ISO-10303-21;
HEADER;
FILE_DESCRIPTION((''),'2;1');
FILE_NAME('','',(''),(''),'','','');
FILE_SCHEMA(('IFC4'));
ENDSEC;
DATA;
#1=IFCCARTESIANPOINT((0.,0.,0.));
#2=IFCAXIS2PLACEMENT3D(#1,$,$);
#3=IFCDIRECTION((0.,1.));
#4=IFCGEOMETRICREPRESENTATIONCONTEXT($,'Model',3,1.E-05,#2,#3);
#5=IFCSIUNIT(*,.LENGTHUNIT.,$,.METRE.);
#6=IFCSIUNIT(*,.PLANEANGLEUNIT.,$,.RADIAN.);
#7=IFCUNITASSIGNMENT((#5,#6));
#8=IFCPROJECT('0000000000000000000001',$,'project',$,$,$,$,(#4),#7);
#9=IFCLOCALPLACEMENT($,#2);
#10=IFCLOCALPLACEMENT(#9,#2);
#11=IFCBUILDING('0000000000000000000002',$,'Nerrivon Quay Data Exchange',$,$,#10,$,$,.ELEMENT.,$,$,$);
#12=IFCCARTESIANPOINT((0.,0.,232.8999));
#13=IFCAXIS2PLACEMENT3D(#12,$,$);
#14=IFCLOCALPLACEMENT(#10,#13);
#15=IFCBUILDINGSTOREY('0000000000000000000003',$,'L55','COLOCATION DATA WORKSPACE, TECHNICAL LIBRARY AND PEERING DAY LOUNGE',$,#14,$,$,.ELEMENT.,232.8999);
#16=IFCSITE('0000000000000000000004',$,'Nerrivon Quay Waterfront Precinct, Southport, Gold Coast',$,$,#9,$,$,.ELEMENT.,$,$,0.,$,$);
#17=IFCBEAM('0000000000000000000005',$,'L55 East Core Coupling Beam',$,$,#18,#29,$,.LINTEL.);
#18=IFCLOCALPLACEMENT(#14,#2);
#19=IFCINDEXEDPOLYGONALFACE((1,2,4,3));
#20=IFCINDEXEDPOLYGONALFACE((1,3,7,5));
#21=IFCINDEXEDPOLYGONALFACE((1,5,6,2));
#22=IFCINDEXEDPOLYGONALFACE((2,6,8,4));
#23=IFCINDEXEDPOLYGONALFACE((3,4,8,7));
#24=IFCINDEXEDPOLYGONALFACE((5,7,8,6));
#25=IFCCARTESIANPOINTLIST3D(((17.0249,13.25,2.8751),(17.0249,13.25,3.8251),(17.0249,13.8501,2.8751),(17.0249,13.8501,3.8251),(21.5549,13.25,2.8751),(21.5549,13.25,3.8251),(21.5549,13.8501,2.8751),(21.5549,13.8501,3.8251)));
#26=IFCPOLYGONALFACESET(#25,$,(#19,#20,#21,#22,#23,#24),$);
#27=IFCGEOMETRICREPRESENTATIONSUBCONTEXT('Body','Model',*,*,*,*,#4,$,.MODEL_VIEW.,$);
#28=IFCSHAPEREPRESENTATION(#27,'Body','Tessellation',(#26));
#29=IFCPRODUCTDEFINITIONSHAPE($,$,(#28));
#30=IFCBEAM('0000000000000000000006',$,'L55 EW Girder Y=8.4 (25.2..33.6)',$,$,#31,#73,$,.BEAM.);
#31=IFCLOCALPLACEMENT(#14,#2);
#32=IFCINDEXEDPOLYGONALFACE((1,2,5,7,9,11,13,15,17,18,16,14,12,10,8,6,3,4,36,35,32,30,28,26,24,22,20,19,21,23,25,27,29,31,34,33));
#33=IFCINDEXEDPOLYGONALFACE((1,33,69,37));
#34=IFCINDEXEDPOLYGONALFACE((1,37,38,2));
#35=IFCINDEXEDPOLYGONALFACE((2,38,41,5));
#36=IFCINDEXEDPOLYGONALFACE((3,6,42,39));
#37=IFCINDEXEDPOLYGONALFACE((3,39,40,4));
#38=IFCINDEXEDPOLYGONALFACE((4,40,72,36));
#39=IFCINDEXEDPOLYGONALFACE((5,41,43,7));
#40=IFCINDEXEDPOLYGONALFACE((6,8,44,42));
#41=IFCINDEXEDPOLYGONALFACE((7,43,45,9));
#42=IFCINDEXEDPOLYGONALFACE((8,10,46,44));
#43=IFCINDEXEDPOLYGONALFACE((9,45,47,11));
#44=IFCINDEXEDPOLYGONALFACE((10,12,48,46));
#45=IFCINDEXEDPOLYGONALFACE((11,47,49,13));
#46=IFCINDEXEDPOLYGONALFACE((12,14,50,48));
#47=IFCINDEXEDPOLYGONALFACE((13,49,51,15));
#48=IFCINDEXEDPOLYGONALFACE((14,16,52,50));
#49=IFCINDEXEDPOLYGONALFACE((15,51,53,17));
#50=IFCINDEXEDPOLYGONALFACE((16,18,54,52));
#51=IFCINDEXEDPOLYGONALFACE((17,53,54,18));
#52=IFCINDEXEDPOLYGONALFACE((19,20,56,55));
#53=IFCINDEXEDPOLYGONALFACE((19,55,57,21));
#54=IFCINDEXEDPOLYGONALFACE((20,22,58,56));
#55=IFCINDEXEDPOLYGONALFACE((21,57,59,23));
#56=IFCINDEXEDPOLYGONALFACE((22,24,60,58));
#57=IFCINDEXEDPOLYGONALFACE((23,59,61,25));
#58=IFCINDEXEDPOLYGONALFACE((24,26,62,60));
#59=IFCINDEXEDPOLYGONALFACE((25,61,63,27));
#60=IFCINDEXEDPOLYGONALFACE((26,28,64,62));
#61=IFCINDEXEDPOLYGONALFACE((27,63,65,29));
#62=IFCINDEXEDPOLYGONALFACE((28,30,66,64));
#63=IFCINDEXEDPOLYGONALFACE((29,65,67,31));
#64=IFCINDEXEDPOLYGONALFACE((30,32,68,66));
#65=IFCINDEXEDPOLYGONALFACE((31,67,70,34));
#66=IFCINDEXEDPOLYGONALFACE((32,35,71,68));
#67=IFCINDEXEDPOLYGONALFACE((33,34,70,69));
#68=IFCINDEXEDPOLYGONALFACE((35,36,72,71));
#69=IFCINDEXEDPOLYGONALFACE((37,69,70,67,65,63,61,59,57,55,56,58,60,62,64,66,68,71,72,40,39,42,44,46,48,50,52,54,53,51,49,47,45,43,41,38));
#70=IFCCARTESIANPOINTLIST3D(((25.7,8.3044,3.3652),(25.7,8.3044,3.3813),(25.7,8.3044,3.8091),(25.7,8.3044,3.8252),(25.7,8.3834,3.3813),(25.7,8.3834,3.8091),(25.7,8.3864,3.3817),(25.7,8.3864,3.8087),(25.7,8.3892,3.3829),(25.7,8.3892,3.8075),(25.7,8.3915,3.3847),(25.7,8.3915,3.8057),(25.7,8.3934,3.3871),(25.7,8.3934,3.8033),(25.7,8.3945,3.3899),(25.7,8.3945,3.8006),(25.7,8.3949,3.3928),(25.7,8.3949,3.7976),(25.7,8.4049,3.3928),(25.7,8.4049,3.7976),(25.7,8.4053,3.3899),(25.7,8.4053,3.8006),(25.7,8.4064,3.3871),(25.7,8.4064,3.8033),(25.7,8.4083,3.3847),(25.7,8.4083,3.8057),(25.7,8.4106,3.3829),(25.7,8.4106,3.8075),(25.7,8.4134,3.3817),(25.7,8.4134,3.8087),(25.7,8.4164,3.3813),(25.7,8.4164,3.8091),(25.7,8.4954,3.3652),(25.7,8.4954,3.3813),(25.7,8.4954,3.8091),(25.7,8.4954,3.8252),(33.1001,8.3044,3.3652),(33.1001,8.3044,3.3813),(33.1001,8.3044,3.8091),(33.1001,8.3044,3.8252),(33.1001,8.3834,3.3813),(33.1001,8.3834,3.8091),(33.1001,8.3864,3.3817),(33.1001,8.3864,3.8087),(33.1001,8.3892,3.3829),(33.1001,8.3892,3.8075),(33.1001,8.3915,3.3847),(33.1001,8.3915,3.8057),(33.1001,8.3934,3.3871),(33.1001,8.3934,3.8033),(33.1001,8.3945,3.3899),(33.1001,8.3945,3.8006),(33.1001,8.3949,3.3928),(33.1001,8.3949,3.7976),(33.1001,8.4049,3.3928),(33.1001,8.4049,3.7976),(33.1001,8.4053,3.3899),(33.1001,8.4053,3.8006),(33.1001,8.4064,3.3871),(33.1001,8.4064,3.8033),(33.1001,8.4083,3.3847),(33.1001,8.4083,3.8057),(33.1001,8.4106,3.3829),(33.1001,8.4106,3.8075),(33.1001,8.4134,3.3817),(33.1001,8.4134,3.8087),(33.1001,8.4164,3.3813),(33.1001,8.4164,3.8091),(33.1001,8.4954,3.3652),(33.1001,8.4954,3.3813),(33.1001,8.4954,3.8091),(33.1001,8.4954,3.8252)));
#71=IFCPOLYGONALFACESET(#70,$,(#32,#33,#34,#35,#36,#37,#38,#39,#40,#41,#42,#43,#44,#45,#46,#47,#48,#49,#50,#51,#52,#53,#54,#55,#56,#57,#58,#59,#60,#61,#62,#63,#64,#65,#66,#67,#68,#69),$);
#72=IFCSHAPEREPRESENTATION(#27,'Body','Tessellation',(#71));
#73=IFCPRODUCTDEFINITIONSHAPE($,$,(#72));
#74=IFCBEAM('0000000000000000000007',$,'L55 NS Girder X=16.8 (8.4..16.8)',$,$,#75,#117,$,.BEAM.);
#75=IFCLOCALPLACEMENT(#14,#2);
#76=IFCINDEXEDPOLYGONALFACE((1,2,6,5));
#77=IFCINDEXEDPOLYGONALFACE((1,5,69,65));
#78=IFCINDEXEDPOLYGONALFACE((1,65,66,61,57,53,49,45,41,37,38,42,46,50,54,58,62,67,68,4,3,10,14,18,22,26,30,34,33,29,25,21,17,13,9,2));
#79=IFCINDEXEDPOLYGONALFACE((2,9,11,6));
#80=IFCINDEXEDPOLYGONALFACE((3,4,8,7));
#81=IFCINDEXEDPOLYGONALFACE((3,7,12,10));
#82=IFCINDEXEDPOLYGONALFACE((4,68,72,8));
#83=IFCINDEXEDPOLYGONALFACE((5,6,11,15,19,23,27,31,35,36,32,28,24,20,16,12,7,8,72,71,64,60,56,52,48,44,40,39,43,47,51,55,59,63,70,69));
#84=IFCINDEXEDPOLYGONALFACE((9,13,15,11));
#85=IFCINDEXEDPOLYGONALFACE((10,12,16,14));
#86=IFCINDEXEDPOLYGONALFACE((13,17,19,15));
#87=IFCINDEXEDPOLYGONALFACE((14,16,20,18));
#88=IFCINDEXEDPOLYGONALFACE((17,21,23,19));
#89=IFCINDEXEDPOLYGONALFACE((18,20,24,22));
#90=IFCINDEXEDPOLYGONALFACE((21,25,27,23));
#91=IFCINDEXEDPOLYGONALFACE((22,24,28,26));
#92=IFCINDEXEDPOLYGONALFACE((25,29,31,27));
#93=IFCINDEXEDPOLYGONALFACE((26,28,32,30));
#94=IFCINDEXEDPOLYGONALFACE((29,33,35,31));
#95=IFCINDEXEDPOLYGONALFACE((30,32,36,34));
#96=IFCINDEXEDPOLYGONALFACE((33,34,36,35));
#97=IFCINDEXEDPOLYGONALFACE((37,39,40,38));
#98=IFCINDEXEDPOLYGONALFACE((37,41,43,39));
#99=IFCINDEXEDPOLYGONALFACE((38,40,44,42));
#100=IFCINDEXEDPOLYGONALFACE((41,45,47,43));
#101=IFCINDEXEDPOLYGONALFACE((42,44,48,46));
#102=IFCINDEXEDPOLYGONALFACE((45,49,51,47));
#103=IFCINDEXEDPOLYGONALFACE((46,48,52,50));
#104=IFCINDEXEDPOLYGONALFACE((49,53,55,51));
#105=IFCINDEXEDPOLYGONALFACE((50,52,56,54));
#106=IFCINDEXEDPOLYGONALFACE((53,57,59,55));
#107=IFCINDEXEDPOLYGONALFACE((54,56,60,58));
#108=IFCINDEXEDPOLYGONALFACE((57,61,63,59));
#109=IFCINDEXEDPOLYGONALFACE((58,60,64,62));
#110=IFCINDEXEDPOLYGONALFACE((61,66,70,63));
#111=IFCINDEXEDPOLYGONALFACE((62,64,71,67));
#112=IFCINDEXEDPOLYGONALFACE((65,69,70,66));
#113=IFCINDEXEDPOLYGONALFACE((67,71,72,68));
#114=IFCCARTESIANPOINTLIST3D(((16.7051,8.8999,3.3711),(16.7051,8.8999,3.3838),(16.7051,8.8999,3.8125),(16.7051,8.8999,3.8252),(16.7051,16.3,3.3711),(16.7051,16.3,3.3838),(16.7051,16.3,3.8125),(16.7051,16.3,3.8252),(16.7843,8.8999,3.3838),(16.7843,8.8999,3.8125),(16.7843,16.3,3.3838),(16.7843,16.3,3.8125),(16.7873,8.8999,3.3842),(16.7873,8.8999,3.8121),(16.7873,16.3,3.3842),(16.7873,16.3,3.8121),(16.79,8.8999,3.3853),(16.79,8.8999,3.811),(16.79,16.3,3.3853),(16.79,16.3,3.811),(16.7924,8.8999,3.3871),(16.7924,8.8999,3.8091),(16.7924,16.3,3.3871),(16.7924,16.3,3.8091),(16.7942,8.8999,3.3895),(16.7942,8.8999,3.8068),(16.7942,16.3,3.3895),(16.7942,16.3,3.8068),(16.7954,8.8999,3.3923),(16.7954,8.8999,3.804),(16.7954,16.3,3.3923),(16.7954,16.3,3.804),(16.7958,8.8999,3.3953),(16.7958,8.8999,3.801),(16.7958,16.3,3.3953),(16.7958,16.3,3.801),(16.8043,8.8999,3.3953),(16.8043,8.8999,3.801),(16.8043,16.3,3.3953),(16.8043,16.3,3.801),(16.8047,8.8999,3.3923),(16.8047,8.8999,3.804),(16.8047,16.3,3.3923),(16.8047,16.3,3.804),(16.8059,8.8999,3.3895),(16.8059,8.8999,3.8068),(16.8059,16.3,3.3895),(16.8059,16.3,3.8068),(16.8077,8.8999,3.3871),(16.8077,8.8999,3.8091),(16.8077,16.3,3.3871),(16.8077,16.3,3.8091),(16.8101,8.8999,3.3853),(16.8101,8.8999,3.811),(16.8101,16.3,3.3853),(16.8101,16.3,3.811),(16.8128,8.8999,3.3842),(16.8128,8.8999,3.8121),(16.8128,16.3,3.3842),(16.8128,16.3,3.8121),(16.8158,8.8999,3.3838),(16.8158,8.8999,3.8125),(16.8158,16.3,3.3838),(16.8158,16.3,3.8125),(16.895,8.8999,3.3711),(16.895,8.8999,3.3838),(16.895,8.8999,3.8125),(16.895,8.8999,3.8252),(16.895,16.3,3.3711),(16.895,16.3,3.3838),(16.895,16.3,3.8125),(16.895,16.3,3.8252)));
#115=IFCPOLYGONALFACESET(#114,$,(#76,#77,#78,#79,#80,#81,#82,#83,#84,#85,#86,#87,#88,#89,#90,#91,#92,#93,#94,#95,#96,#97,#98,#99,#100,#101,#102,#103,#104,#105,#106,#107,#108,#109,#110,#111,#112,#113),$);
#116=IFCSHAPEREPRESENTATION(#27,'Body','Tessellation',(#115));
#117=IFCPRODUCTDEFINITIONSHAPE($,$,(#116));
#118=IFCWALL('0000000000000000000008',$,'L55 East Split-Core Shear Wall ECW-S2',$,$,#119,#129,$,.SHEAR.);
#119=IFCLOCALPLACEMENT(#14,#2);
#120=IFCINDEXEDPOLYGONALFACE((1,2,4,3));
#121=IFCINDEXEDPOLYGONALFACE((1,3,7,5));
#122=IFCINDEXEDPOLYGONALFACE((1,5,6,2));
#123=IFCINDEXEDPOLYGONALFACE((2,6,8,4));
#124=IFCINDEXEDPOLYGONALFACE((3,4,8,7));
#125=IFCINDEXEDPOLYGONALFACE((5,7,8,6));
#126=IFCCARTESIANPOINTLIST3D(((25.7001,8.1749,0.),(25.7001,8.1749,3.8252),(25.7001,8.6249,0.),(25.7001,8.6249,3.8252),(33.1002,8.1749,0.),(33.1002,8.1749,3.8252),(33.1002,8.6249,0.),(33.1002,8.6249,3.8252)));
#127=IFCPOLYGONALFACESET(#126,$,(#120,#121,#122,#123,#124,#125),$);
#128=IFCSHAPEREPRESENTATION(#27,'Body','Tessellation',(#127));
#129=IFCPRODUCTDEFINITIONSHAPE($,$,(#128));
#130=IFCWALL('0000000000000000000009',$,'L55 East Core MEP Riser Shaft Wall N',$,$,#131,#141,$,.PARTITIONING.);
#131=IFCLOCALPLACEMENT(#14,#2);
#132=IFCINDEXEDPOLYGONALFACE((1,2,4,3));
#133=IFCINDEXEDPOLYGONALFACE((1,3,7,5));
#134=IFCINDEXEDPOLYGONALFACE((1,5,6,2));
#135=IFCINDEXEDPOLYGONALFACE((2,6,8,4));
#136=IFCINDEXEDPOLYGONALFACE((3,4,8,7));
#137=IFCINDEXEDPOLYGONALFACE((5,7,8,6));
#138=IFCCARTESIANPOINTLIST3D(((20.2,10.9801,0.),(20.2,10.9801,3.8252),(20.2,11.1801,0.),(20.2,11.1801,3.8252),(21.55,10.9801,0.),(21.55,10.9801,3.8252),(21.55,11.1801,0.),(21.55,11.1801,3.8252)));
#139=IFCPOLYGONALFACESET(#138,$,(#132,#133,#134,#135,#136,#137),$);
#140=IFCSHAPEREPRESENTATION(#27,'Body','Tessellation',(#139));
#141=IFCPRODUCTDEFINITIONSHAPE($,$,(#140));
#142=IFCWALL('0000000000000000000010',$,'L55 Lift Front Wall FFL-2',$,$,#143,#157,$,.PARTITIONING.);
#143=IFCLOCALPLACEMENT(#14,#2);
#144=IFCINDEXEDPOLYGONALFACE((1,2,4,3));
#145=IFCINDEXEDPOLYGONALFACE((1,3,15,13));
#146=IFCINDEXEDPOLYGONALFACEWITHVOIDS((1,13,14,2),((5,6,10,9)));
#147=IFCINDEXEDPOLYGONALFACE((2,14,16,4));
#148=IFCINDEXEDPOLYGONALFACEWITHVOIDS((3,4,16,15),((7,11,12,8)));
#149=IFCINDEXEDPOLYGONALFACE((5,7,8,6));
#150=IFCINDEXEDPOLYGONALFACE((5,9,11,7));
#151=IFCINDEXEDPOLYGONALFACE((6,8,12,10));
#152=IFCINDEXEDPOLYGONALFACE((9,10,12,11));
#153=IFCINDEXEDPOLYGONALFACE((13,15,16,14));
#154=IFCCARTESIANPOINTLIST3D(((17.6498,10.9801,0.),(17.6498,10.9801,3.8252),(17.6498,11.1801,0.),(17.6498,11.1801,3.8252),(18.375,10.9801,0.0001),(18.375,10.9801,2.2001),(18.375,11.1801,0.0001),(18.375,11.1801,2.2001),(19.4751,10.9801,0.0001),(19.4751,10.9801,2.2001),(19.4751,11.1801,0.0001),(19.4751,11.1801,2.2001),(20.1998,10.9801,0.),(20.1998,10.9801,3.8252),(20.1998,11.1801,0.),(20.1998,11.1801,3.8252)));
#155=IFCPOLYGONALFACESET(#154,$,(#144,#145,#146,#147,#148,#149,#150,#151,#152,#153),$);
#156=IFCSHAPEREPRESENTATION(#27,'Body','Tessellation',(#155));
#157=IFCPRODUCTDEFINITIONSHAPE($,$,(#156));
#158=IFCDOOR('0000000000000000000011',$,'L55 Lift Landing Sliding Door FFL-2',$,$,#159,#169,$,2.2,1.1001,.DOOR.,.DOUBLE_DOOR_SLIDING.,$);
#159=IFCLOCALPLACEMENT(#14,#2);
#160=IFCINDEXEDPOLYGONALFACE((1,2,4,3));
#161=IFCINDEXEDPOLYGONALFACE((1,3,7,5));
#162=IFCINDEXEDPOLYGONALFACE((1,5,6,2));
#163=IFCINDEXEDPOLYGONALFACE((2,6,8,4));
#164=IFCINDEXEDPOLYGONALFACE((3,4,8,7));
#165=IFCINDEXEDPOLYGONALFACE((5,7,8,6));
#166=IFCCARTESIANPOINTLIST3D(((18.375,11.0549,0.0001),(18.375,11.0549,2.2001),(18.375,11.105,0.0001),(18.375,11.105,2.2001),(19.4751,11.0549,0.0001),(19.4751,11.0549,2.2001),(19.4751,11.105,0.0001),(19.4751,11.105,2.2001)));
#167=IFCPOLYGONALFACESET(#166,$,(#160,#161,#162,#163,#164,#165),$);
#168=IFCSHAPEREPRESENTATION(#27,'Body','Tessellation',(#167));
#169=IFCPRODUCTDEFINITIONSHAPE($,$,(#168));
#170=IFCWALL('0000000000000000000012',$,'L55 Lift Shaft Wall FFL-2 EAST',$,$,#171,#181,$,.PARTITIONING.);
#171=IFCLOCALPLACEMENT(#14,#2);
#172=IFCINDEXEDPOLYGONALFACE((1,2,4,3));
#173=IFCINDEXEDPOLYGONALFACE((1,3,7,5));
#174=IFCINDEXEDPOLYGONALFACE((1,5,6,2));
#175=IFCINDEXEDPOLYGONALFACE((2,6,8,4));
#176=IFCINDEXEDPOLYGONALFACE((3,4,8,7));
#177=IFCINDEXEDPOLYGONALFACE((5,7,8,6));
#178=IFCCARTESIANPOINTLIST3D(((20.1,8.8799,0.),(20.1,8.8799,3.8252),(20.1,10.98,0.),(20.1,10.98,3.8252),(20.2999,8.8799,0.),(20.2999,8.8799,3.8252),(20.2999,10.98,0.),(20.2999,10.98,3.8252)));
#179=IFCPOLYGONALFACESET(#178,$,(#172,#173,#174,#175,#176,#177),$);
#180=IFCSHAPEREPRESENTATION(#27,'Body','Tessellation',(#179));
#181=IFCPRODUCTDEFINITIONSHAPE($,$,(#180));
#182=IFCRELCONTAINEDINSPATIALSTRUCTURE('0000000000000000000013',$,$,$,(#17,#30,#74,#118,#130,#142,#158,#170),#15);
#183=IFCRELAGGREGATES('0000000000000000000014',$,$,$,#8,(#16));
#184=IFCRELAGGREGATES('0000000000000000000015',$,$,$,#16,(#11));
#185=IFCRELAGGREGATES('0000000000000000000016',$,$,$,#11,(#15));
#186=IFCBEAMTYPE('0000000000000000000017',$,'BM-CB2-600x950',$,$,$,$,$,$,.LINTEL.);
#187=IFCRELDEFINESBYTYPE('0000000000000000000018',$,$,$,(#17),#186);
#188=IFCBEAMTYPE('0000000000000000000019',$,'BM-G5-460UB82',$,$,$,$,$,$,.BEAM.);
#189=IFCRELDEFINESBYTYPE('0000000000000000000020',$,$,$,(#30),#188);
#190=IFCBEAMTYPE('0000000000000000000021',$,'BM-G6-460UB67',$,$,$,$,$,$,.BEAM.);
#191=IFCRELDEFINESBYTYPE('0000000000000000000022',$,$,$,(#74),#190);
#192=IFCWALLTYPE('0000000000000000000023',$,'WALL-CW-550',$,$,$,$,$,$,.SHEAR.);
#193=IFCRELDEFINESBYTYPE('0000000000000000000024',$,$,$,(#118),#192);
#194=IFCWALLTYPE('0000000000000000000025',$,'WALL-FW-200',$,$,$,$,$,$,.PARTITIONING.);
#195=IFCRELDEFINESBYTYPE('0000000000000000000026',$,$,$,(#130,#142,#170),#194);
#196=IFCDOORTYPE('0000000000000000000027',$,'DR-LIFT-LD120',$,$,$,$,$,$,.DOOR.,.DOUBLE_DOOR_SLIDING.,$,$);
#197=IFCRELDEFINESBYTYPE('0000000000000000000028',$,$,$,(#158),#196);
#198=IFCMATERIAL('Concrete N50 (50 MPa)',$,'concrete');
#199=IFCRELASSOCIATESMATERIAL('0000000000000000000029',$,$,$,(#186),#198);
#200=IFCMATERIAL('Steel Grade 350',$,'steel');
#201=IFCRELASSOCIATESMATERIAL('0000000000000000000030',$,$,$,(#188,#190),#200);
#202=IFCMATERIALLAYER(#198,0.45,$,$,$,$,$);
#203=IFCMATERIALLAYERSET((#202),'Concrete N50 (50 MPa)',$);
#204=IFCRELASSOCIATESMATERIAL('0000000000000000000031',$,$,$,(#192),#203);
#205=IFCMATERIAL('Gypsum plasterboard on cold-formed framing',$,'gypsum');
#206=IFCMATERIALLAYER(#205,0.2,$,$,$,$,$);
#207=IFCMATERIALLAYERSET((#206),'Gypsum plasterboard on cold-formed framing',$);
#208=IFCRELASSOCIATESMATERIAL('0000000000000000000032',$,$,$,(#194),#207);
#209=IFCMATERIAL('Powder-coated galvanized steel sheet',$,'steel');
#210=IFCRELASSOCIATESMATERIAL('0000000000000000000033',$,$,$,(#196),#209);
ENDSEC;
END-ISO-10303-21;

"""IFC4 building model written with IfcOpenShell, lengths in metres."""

from ifc_helpers import new_model, si_unit, direction, frame, frame_2d, origin, origin_2d, place, context, subcontext, project, spatial, rectangle, i_section, extrude, material, layer, layer_set, material_profile, profile_set, type_object, element, fill, save


model = new_model("IFC4")

# Units and contexts
model_context = context("Model", 3, precision=1e-05, world=origin(), true_north=direction((0.0, 1.0)))
body_context = subcontext(model_context, "Body", "Model", "MODEL_VIEW")
ifc_project = project(units=[si_unit("LENGTHUNIT", "METRE"), si_unit("PLANEANGLEUNIT", "RADIAN")], contexts=[model_context])

# Site, building, storey
site_placement = place(None, origin())
site = spatial("IfcSite", under=ifc_project, at=site_placement, Name="Nerrivon Quay Waterfront Precinct, Southport, Gold Coast", CompositionType="ELEMENT", RefElevation=0.0)
building_placement = place(site_placement, origin())
building = spatial("IfcBuilding", under=site, at=building_placement, Name="Nerrivon Quay Data Exchange", CompositionType="ELEMENT")
storey_placement = place(building_placement, frame((0.0, 0.0, 232.8999)))
storey = spatial("IfcBuildingStorey", under=building, at=storey_placement, Name="L55", Description="COLOCATION DATA WORKSPACE, TECHNICAL LIBRARY AND PEERING DAY LOUNGE", CompositionType="ELEMENT", Elevation=232.8999)

# Beams
ifc_material_1 = material(Name="Concrete N50 (50 MPa)", Category="concrete")
ifc_material_profile_1 = material_profile(ifc_material_1, rectangle(XDim=0.6001, YDim=0.95, at=origin_2d()), Name="RC-CB-600x950")
ifc_profile_set_1 = profile_set([ifc_material_profile_1], Name="Concrete N50 (50 MPa)")
beam_type_1 = type_object("IfcBeamType", Name="BM-CB2-600x950", PredefinedType="LINTEL", material=ifc_profile_set_1)
beam_1_placement = place(storey_placement, frame((17.0249, 13.55, 3.3501), z_axis=(1.0, 0.0, 0.0), x_axis=(0.0, 1.0, 0.0)))
element("IfcBeam", 1, at=beam_1_placement, inside=storey, type_object=beam_type_1, Name="L55 East Core Coupling Beam", PredefinedType="LINTEL", context=body_context, shape_type="SweptSolid", body=[
    extrude(rectangle(XDim=0.6001, YDim=0.95, at=origin_2d()), origin(), (0.0, 0.0, 1.0), 4.53),
])
ifc_material_2 = material(Name="Steel Grade 350", Category="steel")
ifc_material_profile_2 = material_profile(ifc_material_2, i_section(OverallWidth=0.1909, OverallDepth=0.46, WebThickness=0.01, FlangeThickness=0.0161, FilletRadius=0.0115, at=origin_2d()), Name="460UB82.1")
ifc_profile_set_2 = profile_set([ifc_material_profile_2], Name="Steel Grade 350")
beam_type_2 = type_object("IfcBeamType", Name="BM-G5-460UB82", PredefinedType="BEAM", material=ifc_profile_set_2)
beam_2_placement = place(storey_placement, frame((25.7, 8.3999, 3.5952), z_axis=(1.0, 0.0, 0.0), x_axis=(0.0, 1.0, 0.0)))
element("IfcBeam", 2, at=beam_2_placement, inside=storey, type_object=beam_type_2, Name="L55 EW Girder Y=8.4 (25.2..33.6)", PredefinedType="BEAM", context=body_context, shape_type="SweptSolid", body=[
    extrude(i_section(OverallWidth=0.1909, OverallDepth=0.46, WebThickness=0.01, FlangeThickness=0.0161, FilletRadius=0.0115, at=origin_2d()), origin(), (0.0, 0.0, 1.0), 7.4001),
])
ifc_material_profile_3 = material_profile(ifc_material_2, i_section(OverallWidth=0.1899, OverallDepth=0.4541, WebThickness=0.0085, FlangeThickness=0.0127, FilletRadius=0.0115, at=origin_2d()), Name="460UB67.1")
ifc_profile_set_3 = profile_set([ifc_material_profile_3], Name="Steel Grade 350")
beam_type_3 = type_object("IfcBeamType", Name="BM-G6-460UB67", PredefinedType="BEAM", material=ifc_profile_set_3)
beam_3_placement = place(storey_placement, frame((16.8, 8.8999, 3.5981), z_axis=(0.0, 1.0, 0.0), x_axis=(-1.0, 0.0, 0.0)))
element("IfcBeam", 3, at=beam_3_placement, inside=storey, type_object=beam_type_3, Name="L55 NS Girder X=16.8 (8.4..16.8)", PredefinedType="BEAM", context=body_context, shape_type="SweptSolid", body=[
    extrude(i_section(OverallWidth=0.1899, OverallDepth=0.4541, WebThickness=0.0085, FlangeThickness=0.0127, FilletRadius=0.0115, at=origin_2d()), origin(), (0.0, 0.0, 1.0), 7.4001),
])

# Wall
ifc_layer_1 = layer(ifc_material_1, 0.45)
ifc_layer_set_1 = layer_set([ifc_layer_1], Name="Concrete N50 (50 MPa)")
wall_type_1 = type_object("IfcWallType", Name="WALL-CW-550", PredefinedType="SHEAR", material=ifc_layer_set_1)
wall_1_placement = place(storey_placement, frame((25.7, 8.3999, 0.0), z_axis=(0.0, 0.0, 1.0), x_axis=(1.0, 0.0, 0.0)))
element("IfcWall", 4, at=wall_1_placement, inside=storey, type_object=wall_type_1, Name="L55 East Split-Core Shear Wall ECW-S2", PredefinedType="SHEAR", context=body_context, shape_type="SweptSolid", body=[
    extrude(rectangle(XDim=7.4001, YDim=0.45, at=frame_2d((3.7002, 0.0))), origin(), (0.0, 0.0, 1.0), 3.8252),
])

# Shared definitions
ifc_material_3 = material(Name="Powder-coated galvanized steel sheet", Category="steel")

# Wall
ifc_material_4 = material(Name="Gypsum plasterboard on cold-formed framing", Category="gypsum")
ifc_layer_2 = layer(ifc_material_4, 0.2)
ifc_layer_set_2 = layer_set([ifc_layer_2], Name="Gypsum plasterboard on cold-formed framing")
wall_type_2 = type_object("IfcWallType", Name="WALL-FW-200", PredefinedType="PARTITIONING", material=ifc_layer_set_2)
wall_2_placement = place(storey_placement, frame((20.2, 11.0801, 0.0), z_axis=(0.0, 0.0, 1.0), x_axis=(1.0, 0.0, 0.0)))
element("IfcWall", 5, at=wall_2_placement, inside=storey, type_object=wall_type_2, Name="L55 East Core MEP Riser Shaft Wall N", PredefinedType="PARTITIONING", context=body_context, shape_type="SweptSolid", body=[
    extrude(rectangle(XDim=1.3501, YDim=0.2, at=frame_2d((0.675, 0.0))), origin(), (0.0, 0.0, 1.0), 3.8252),
])

# Wall, opening, door
wall_3_placement = place(storey_placement, frame((17.6499, 11.0801, 0.0), z_axis=(0.0, 0.0, 1.0), x_axis=(1.0, 0.0, 0.0)))
wall_3 = element("IfcWall", 6, at=wall_3_placement, inside=storey, type_object=wall_type_2, Name="L55 Lift Front Wall FFL-2", PredefinedType="PARTITIONING", context=body_context, shape_type="SweptSolid", body=[
    extrude(rectangle(XDim=2.55, YDim=0.2, at=frame_2d((1.2749, 0.0))), origin(), (0.0, 0.0, 1.0), 3.8252),
])
opening_1_placement = place(wall_3_placement, frame((0.7251, 0.0, 0.0)))
opening_1 = element("IfcOpeningElement", 7, at=opening_1_placement, cuts=wall_3, PredefinedType="OPENING", context=body_context, shape_type="SweptSolid", body=[
    extrude(rectangle(XDim=1.1001, YDim=2.2, at=frame_2d((0.55, 1.1001))), frame((0.0, 0.1099, 0.0), z_axis=(0.0, -1.0, 0.0), x_axis=(1.0, 0.0, 0.0)), (0.0, 0.0, 1.0), 0.22),
])
door_type_1 = type_object("IfcDoorType", Name="DR-LIFT-LD120", OperationType="DOUBLE_DOOR_SLIDING", PredefinedType="DOOR", material=ifc_material_3)
door_1_placement = place(opening_1_placement, origin())
door_1 = element("IfcDoor", 8, at=door_1_placement, inside=storey, type_object=door_type_1, Name="L55 Lift Landing Sliding Door FFL-2", OperationType="DOUBLE_DOOR_SLIDING", OverallHeight=2.2, OverallWidth=1.1001, PredefinedType="DOOR", context=body_context, shape_type="SweptSolid", body=[
    extrude(rectangle(XDim=1.1001, YDim=2.2, at=frame_2d((0.55, 1.1001))), frame((0.0, 0.0249, 0.0), z_axis=(0.0, -1.0, 0.0), x_axis=(1.0, 0.0, 0.0)), (0.0, 0.0, 1.0), 0.05),
])
fill(opening_1, door_1)

# Wall
for number, where, z_axis, x_axis, name in (
    (9, (20.2, 8.8799, 0.0), (0.0, 0.0, 1.0), (0.0, 1.0, 0.0), "L55 Lift Shaft Wall FFL-2 EAST"),
):
    element("IfcWall", number, at=place(storey_placement, frame(where, z_axis=z_axis, x_axis=x_axis)), inside=storey, type_object=wall_type_2, Name=name, PredefinedType="PARTITIONING", context=body_context, shape_type="SweptSolid", body=[
        extrude(rectangle(XDim=2.1001, YDim=0.2, at=frame_2d((1.05, 0.0))), origin(), (0.0, 0.0, 1.0), 3.8252),
    ])

save(model, "model.ifc")
